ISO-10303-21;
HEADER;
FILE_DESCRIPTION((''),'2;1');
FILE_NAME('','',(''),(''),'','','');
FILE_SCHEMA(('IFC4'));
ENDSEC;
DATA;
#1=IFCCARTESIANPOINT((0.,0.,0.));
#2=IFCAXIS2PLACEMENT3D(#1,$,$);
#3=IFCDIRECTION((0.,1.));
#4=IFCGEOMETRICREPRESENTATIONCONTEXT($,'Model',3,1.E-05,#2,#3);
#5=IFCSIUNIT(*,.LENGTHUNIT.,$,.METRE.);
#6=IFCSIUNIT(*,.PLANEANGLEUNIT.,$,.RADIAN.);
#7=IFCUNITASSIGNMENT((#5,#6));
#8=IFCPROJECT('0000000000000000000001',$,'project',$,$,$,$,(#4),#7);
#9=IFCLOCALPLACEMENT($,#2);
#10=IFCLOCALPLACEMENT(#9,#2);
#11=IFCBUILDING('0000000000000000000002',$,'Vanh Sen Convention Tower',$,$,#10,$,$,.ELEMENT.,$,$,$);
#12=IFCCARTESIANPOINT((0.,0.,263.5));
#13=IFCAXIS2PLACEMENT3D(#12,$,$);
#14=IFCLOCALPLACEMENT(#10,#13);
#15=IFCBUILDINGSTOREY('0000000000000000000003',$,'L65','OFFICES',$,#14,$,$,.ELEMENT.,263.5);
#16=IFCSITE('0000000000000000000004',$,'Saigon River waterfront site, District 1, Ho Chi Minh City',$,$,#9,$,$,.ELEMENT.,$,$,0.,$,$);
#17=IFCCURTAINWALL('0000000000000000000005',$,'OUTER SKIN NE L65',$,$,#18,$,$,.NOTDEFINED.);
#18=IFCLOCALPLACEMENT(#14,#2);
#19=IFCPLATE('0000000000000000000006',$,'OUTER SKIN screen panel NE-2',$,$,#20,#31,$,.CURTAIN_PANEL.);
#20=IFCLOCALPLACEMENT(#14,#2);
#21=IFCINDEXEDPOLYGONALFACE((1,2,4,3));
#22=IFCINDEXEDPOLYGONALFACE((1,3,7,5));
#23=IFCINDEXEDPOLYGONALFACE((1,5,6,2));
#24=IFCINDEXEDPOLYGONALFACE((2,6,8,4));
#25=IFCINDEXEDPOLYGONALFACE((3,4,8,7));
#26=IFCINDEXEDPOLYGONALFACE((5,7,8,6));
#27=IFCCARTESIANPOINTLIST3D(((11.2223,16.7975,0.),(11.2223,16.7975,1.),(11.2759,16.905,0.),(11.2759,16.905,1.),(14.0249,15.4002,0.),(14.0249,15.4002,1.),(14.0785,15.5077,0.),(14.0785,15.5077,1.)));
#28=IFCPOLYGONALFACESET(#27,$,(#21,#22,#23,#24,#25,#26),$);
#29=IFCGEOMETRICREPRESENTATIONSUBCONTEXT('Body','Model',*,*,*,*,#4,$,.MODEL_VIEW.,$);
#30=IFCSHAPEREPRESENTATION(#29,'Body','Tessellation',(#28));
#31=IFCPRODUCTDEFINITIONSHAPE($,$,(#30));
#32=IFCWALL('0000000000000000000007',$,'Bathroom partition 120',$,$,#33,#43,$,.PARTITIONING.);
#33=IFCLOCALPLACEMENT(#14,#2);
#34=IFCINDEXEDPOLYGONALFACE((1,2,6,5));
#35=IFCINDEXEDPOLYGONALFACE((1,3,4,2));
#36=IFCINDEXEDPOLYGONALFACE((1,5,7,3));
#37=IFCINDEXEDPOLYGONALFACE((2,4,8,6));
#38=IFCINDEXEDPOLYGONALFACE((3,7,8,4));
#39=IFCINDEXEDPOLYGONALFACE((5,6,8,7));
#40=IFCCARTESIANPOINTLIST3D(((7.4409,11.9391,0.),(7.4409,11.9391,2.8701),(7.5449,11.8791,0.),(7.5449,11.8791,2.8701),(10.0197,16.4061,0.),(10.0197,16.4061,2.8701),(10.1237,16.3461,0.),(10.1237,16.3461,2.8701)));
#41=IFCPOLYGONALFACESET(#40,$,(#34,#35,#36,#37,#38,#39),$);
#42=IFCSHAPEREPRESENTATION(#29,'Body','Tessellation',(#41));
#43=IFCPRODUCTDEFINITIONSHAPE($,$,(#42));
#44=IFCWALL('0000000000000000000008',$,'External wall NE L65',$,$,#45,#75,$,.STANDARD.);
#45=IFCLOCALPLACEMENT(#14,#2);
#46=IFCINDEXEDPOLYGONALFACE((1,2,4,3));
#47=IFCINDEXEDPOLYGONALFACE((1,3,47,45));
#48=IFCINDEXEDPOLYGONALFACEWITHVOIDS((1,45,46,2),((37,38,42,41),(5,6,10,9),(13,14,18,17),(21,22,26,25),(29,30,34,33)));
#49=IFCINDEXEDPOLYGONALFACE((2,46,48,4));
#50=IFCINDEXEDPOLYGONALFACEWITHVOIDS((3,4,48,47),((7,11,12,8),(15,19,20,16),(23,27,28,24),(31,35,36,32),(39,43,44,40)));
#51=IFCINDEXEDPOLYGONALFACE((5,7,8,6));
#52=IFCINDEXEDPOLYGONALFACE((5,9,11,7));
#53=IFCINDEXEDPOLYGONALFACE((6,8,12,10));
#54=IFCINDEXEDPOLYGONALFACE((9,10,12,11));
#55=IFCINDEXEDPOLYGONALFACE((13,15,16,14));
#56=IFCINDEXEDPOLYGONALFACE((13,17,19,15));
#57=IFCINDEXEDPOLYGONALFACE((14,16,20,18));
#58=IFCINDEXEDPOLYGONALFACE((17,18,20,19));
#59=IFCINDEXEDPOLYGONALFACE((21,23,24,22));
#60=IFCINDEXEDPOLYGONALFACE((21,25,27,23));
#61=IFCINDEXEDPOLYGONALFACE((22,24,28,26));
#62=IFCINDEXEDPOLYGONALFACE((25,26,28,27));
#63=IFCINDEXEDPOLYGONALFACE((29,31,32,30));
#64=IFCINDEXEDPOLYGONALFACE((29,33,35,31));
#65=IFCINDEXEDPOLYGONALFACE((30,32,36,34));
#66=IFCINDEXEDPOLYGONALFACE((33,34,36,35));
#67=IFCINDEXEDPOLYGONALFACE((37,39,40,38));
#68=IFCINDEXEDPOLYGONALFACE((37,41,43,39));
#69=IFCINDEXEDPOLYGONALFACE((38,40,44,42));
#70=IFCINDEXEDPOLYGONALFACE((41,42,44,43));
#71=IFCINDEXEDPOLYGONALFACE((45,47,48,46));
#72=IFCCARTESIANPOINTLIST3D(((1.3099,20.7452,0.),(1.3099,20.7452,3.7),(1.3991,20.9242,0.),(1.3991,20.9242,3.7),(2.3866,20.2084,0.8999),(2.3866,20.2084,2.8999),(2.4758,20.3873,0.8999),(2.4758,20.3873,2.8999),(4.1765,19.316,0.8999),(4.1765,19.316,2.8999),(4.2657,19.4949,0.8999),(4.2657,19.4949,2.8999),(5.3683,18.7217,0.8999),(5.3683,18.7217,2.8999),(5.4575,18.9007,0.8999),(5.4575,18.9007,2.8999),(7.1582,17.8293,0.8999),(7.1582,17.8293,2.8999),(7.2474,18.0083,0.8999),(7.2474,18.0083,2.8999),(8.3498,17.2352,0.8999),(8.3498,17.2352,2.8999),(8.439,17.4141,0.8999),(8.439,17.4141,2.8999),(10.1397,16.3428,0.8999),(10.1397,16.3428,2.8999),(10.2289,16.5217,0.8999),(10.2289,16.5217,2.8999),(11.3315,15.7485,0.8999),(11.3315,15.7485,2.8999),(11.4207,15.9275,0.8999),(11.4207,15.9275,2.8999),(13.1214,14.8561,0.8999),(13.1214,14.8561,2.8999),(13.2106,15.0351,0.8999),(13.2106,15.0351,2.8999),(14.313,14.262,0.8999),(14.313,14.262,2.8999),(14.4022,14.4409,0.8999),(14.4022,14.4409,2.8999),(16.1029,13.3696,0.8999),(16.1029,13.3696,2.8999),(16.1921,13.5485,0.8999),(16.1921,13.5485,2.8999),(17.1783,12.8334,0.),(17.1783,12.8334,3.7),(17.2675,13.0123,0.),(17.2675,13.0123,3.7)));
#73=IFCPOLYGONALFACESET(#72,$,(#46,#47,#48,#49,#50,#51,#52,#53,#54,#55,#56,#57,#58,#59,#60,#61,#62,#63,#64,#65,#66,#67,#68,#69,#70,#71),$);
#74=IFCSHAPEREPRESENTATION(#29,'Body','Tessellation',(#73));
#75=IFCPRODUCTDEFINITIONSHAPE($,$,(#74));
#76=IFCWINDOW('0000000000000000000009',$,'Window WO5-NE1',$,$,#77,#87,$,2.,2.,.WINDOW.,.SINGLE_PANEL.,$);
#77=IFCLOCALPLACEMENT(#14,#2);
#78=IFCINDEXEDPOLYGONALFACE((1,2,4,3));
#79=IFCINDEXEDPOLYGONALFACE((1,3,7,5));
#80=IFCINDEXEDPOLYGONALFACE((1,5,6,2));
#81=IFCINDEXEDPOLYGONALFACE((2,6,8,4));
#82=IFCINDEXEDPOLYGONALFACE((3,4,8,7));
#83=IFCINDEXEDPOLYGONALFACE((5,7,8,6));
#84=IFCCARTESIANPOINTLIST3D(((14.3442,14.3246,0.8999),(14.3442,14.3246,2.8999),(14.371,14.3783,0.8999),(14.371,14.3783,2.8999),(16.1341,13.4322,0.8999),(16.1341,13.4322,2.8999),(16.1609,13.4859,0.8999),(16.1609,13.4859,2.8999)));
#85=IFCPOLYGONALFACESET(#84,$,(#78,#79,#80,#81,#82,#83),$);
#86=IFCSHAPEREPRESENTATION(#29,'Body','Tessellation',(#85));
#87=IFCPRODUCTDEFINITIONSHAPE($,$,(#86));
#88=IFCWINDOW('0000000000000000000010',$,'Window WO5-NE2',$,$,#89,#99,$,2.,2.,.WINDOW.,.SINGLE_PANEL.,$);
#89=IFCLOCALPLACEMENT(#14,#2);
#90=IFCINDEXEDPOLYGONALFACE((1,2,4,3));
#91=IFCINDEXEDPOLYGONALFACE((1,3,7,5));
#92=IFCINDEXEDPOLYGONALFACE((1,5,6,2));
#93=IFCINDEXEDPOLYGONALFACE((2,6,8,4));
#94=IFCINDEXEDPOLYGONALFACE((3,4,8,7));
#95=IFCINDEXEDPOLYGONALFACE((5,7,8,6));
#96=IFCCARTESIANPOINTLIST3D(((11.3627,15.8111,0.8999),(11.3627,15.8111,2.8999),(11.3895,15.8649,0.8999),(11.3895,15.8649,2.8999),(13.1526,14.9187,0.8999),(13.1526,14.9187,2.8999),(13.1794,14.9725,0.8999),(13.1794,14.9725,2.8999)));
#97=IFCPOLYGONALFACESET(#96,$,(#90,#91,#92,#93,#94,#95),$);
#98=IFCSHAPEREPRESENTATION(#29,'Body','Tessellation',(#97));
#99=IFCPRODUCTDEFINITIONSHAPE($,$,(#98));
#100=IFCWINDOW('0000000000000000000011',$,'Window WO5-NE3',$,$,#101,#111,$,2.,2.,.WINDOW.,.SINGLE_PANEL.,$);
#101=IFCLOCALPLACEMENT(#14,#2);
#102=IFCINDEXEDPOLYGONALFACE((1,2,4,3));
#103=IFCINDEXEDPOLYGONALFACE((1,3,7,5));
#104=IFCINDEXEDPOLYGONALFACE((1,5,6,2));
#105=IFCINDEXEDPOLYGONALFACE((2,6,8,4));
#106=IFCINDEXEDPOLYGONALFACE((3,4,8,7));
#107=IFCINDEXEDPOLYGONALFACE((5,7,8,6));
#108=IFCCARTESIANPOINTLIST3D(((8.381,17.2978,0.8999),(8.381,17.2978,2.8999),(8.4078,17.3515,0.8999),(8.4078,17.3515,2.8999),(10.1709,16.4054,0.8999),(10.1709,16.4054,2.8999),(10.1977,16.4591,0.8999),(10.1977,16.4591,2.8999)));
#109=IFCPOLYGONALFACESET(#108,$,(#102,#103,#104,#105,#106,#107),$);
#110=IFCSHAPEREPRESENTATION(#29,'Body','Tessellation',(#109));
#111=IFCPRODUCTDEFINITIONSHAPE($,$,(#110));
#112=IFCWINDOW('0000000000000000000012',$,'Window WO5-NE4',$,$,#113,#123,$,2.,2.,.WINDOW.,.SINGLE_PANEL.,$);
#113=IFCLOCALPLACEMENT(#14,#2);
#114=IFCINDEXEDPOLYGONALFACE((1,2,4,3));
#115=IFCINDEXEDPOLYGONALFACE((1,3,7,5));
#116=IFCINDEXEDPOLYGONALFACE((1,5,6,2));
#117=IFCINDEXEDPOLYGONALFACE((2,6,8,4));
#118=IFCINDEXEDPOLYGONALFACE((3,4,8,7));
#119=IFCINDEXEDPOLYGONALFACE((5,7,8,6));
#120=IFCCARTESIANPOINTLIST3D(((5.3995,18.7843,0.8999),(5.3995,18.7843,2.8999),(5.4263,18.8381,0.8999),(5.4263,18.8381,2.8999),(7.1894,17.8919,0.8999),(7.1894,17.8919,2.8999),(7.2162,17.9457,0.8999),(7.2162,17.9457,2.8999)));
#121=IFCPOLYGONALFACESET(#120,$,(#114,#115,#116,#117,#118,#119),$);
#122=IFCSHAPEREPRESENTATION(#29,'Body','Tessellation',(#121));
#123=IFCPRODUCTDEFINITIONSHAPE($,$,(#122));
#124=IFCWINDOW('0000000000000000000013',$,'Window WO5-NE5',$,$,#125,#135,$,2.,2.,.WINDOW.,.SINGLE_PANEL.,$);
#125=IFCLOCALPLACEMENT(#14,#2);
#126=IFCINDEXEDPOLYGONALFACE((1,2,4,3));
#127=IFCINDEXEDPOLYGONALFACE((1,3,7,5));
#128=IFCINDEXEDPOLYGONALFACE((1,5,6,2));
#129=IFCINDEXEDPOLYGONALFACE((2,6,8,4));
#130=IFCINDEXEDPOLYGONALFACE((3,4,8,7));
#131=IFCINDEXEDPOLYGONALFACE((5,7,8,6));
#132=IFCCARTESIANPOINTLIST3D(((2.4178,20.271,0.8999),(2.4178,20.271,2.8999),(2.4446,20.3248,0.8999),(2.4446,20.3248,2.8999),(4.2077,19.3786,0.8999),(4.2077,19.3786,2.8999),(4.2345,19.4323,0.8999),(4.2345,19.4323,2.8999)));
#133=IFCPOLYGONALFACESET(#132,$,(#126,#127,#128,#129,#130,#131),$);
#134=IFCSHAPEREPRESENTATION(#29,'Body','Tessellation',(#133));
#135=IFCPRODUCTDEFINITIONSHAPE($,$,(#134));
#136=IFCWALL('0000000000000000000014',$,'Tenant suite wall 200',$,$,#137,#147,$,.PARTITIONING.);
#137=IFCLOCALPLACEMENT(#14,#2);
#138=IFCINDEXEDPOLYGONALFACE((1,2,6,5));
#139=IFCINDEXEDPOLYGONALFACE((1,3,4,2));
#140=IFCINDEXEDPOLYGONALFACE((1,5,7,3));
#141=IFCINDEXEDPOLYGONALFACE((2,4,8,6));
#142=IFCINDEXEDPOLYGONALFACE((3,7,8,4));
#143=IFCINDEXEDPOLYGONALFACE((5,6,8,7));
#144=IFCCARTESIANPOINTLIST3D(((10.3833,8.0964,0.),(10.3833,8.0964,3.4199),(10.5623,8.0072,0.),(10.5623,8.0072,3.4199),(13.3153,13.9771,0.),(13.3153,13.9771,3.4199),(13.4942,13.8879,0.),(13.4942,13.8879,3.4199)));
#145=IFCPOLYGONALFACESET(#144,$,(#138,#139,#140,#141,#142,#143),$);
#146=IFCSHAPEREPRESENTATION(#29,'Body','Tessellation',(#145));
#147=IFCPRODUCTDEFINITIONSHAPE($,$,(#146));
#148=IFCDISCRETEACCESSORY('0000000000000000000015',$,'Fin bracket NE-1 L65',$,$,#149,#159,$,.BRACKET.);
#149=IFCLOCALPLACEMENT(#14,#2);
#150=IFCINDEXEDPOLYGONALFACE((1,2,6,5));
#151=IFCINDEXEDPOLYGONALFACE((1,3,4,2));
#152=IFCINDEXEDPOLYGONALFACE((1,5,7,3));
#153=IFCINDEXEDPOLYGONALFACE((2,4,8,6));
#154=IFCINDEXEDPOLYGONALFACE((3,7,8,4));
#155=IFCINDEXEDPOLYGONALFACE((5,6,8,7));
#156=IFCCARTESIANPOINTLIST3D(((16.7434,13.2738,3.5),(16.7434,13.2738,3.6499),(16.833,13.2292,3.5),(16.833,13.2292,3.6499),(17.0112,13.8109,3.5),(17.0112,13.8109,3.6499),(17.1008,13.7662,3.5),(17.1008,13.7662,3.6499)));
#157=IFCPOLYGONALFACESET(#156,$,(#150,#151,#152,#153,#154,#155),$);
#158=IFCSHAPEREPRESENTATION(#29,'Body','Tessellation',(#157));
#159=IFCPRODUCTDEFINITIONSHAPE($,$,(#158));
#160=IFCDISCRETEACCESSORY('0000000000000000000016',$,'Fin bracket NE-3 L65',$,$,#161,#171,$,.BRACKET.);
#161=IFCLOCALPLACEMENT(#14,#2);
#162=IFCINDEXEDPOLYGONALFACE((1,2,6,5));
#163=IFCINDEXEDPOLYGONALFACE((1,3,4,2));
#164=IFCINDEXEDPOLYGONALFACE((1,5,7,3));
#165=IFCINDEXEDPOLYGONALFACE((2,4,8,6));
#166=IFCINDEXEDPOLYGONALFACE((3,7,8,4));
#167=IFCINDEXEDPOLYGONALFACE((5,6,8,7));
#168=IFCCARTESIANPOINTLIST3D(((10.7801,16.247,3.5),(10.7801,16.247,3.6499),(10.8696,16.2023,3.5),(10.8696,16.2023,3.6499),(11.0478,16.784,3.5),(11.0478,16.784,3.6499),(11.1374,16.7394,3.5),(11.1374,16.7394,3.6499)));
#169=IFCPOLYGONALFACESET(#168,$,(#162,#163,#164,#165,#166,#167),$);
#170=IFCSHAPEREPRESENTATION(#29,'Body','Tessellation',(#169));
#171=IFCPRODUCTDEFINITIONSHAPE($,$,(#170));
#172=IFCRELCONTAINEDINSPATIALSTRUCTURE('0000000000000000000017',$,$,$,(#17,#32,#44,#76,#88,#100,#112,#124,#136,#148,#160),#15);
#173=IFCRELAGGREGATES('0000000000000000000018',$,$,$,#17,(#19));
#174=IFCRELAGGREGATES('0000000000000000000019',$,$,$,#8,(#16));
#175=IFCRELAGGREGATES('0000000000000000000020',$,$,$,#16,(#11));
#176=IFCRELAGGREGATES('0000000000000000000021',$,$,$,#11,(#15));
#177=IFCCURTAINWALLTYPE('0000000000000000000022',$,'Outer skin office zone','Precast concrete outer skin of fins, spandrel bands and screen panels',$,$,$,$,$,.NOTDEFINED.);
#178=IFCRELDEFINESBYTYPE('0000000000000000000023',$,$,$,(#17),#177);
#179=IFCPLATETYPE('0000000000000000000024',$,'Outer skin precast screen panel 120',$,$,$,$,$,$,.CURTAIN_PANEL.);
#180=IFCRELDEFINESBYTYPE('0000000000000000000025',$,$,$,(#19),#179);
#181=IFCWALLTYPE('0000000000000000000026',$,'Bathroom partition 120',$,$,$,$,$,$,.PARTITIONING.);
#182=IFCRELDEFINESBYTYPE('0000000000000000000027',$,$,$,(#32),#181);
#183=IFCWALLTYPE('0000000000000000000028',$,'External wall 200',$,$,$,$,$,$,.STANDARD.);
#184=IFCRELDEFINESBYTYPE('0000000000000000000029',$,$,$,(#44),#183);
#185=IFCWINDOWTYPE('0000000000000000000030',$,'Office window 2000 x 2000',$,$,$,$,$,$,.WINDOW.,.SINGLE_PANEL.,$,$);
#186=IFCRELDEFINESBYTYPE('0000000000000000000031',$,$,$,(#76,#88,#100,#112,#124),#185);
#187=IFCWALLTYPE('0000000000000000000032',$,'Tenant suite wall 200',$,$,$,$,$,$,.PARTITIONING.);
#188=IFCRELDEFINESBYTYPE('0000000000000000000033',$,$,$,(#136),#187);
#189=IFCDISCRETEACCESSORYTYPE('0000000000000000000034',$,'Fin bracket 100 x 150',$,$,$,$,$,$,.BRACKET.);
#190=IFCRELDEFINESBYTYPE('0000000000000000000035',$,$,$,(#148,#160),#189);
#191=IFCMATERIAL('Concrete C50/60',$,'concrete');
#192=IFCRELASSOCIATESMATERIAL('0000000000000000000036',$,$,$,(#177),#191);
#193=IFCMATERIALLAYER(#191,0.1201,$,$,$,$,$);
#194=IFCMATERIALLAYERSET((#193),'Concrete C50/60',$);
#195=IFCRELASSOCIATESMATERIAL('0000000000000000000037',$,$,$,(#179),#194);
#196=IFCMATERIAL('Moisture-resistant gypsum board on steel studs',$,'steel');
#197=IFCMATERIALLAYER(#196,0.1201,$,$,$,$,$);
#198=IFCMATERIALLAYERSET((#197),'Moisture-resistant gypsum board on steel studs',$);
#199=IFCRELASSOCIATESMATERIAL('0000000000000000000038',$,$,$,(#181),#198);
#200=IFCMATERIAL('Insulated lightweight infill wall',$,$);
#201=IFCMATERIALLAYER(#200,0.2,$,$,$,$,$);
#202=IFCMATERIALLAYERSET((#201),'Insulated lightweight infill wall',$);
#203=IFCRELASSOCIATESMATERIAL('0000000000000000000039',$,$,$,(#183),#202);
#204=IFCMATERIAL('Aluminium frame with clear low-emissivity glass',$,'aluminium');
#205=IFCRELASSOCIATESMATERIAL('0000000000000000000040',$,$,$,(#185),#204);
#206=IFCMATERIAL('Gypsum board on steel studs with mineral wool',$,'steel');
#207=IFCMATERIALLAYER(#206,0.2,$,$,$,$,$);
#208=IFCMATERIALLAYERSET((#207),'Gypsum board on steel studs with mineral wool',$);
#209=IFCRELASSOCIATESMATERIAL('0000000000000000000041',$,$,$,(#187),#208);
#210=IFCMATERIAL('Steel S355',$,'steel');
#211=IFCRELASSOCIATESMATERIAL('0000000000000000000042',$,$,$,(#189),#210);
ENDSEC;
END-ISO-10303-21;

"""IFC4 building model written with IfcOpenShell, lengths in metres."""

from ifc_helpers import new_model, si_unit, direction, frame, frame_2d, origin, origin_2d, place, context, subcontext, project, spatial, rectangle, extrude, material, layer, layer_set, type_object, element, fill, aggregate, save


model = new_model("IFC4")

# Units and contexts
model_context = context("Model", 3, precision=1e-05, world=origin(), true_north=direction((0.0, 1.0)))
body_context = subcontext(model_context, "Body", "Model", "MODEL_VIEW")
ifc_project = project(units=[si_unit("LENGTHUNIT", "METRE"), si_unit("PLANEANGLEUNIT", "RADIAN")], contexts=[model_context])

# Site, building, storey
site_placement = place(None, origin())
site = spatial("IfcSite", under=ifc_project, at=site_placement, Name="Saigon River waterfront site, District 1, Ho Chi Minh City", CompositionType="ELEMENT", RefElevation=0.0)
building_placement = place(site_placement, origin())
building = spatial("IfcBuilding", under=site, at=building_placement, Name="Vanh Sen Convention Tower", CompositionType="ELEMENT")
storey_placement = place(building_placement, frame((0.0, 0.0, 263.5)))
storey = spatial("IfcBuildingStorey", under=building, at=storey_placement, Name="L65", Description="OFFICES", CompositionType="ELEMENT", Elevation=263.5)

# Curtain wall
ifc_material_1 = material(Name="Concrete C50/60", Category="concrete")
curtain_wall_type = type_object("IfcCurtainWallType", Name="Outer skin office zone", Description="Precast concrete outer skin of fins, spandrel bands and screen panels", PredefinedType="NOTDEFINED", material=ifc_material_1)
curtain_wall_1_placement = place(storey_placement, origin())
curtain_wall_1 = element("IfcCurtainWall", 1, at=curtain_wall_1_placement, inside=storey, type_object=curtain_wall_type, Name="OUTER SKIN NE L65", PredefinedType="NOTDEFINED")

# Shared definitions
ifc_layer_1 = layer(ifc_material_1, 0.1201)
ifc_layer_set_1 = layer_set([ifc_layer_1], Name="Concrete C50/60")
plate_type = type_object("IfcPlateType", Name="Outer skin precast screen panel 120", PredefinedType="CURTAIN_PANEL", material=ifc_layer_set_1)

# Plate
plate_1_placement = place(storey_placement, frame((12.6504, 16.1526, 0.0), z_axis=(0.0, 0.0, 1.0), x_axis=(-0.894931, 0.446204, 0.0)))
plate_1 = element("IfcPlate", 2, at=plate_1_placement, type_object=plate_type, Name="OUTER SKIN screen panel NE-2", PredefinedType="CURTAIN_PANEL", context=body_context, shape_type="SweptSolid", body=[
    extrude(rectangle(XDim=3.1316, YDim=0.1201, at=origin_2d()), origin(), (0.0, 0.0, 1.0), 1.0),
])
aggregate(curtain_wall_1, [plate_1])

# Wall
ifc_material_2 = material(Name="Moisture-resistant gypsum board on steel studs", Category="steel")
ifc_layer_2 = layer(ifc_material_2, 0.1201)
ifc_layer_set_2 = layer_set([ifc_layer_2], Name="Moisture-resistant gypsum board on steel studs")
wall_type_1 = type_object("IfcWallType", Name="Bathroom partition 120", PredefinedType="PARTITIONING", material=ifc_layer_set_2)
wall_1_placement = place(storey_placement, frame((10.0718, 16.3762, 0.0), z_axis=(0.0, 0.0, 1.0), x_axis=(-0.499972, -0.866041, 0.0)))
element("IfcWall", 3, at=wall_1_placement, inside=storey, type_object=wall_type_1, Name="Bathroom partition 120", PredefinedType="PARTITIONING", context=body_context, shape_type="SweptSolid", body=[
    extrude(rectangle(XDim=5.158, YDim=0.1201, at=frame_2d((2.5791, 0.0))), origin(), (0.0, 0.0, 1.0), 2.8701),
])

# Wall, openings, windows
ifc_material_3 = material(Name="Insulated lightweight infill wall")
ifc_layer_3 = layer(ifc_material_3, 0.2)
ifc_layer_set_3 = layer_set([ifc_layer_3], Name="Insulated lightweight infill wall")
wall_type_2 = type_object("IfcWallType", Name="External wall 200", PredefinedType="STANDARD", material=ifc_layer_set_3)
wall_2_placement = place(storey_placement, frame((17.2229, 12.9229, 0.0), z_axis=(0.0, 0.0, 1.0), x_axis=(-0.894931, 0.446205, 0.0)))
wall_2 = element("IfcWall", 4, at=wall_2_placement, inside=storey, type_object=wall_type_2, Name="External wall NE L65", PredefinedType="STANDARD", context=body_context, shape_type="SweptSolid", body=[
    extrude(rectangle(XDim=17.7314, YDim=0.2, at=frame_2d((8.8657, 0.0))), origin(), (0.0, 0.0, 1.0), 3.7),
])
opening_1_placement = place(wall_2_placement, frame((1.2017, 0.0, 0.8999)))
opening_1 = element("IfcOpeningElement", 5, at=opening_1_placement, cuts=wall_2, PredefinedType="OPENING", context=body_context, shape_type="SweptSolid", body=[
    extrude(rectangle(XDim=2.0, YDim=2.0, at=frame_2d((1.0, 1.0))), frame((0.0, 0.1099, 0.0), z_axis=(0.0, -1.0, 0.0), x_axis=(1.0, 0.0, 0.0)), (0.0, 0.0, 1.0), 0.22),
])
opening_2_placement = place(wall_2_placement, frame((4.5332, 0.0, 0.8999)))
opening_2 = element("IfcOpeningElement", 6, at=opening_2_placement, cuts=wall_2, PredefinedType="OPENING", context=body_context, shape_type="SweptSolid", body=[
    extrude(rectangle(XDim=2.0, YDim=2.0, at=frame_2d((1.0, 1.0))), frame((0.0, 0.1099, 0.0), z_axis=(0.0, -1.0, 0.0), x_axis=(1.0, 0.0, 0.0)), (0.0, 0.0, 1.0), 0.22),
])
opening_3_placement = place(wall_2_placement, frame((7.865, 0.0, 0.8999)))
opening_3 = element("IfcOpeningElement", 7, at=opening_3_placement, cuts=wall_2, PredefinedType="OPENING", context=body_context, shape_type="SweptSolid", body=[
    extrude(rectangle(XDim=2.0, YDim=2.0, at=frame_2d((1.0, 1.0))), frame((0.0, 0.1099, 0.0), z_axis=(0.0, -1.0, 0.0), x_axis=(1.0, 0.0, 0.0)), (0.0, 0.0, 1.0), 0.22),
])
opening_4_placement = place(wall_2_placement, frame((11.1965, 0.0, 0.8999)))
opening_4 = element("IfcOpeningElement", 8, at=opening_4_placement, cuts=wall_2, PredefinedType="OPENING", context=body_context, shape_type="SweptSolid", body=[
    extrude(rectangle(XDim=2.0, YDim=2.0, at=frame_2d((1.0, 1.0))), frame((0.0, 0.1099, 0.0), z_axis=(0.0, -1.0, 0.0), x_axis=(1.0, 0.0, 0.0)), (0.0, 0.0, 1.0), 0.22),
])
opening_5_placement = place(wall_2_placement, frame((14.5283, 0.0, 0.8999)))
opening_5 = element("IfcOpeningElement", 9, at=opening_5_placement, cuts=wall_2, PredefinedType="OPENING", context=body_context, shape_type="SweptSolid", body=[
    extrude(rectangle(XDim=2.0, YDim=2.0, at=frame_2d((1.0, 1.0))), frame((0.0, 0.1099, 0.0), z_axis=(0.0, -1.0, 0.0), x_axis=(1.0, 0.0, 0.0)), (0.0, 0.0, 1.0), 0.22),
])
ifc_material_4 = material(Name="Aluminium frame with clear low-emissivity glass", Category="aluminium")
window_type = type_object("IfcWindowType", Name="Office window 2000 x 2000", PartitioningType="SINGLE_PANEL", PredefinedType="WINDOW", material=ifc_material_4)
window_1_placement = place(opening_1_placement, origin())
window_1 = element("IfcWindow", 10, at=window_1_placement, inside=storey, type_object=window_type, Name="Window WO5-NE1", OverallHeight=2.0, OverallWidth=2.0, PartitioningType="SINGLE_PANEL", PredefinedType="WINDOW", context=body_context, shape_type="SweptSolid", body=[
    extrude(rectangle(XDim=2.0, YDim=2.0, at=frame_2d((1.0, 1.0))), frame((0.0, 0.03, 0.0), z_axis=(0.0, -1.0, 0.0), x_axis=(1.0, 0.0, 0.0)), (0.0, 0.0, 1.0), 0.0601),
])
fill(opening_1, window_1)
window_2_placement = place(opening_2_placement, origin())
window_2 = element("IfcWindow", 11, at=window_2_placement, inside=storey, type_object=window_type, Name="Window WO5-NE2", OverallHeight=2.0, OverallWidth=2.0, PartitioningType="SINGLE_PANEL", PredefinedType="WINDOW", context=body_context, shape_type="SweptSolid", body=[
    extrude(rectangle(XDim=2.0, YDim=2.0, at=frame_2d((1.0, 1.0))), frame((0.0, 0.03, 0.0), z_axis=(0.0, -1.0, 0.0), x_axis=(1.0, 0.0, 0.0)), (0.0, 0.0, 1.0), 0.0601),
])
fill(opening_2, window_2)
window_3_placement = place(opening_3_placement, origin())
window_3 = element("IfcWindow", 12, at=window_3_placement, inside=storey, type_object=window_type, Name="Window WO5-NE3", OverallHeight=2.0, OverallWidth=2.0, PartitioningType="SINGLE_PANEL", PredefinedType="WINDOW", context=body_context, shape_type="SweptSolid", body=[
    extrude(rectangle(XDim=2.0, YDim=2.0, at=frame_2d((1.0, 1.0))), frame((0.0, 0.03, 0.0), z_axis=(0.0, -1.0, 0.0), x_axis=(1.0, 0.0, 0.0)), (0.0, 0.0, 1.0), 0.0601),
])
fill(opening_3, window_3)
window_4_placement = place(opening_4_placement, origin())
window_4 = element("IfcWindow", 13, at=window_4_placement, inside=storey, type_object=window_type, Name="Window WO5-NE4", OverallHeight=2.0, OverallWidth=2.0, PartitioningType="SINGLE_PANEL", PredefinedType="WINDOW", context=body_context, shape_type="SweptSolid", body=[
    extrude(rectangle(XDim=2.0, YDim=2.0, at=frame_2d((1.0, 1.0))), frame((0.0, 0.03, 0.0), z_axis=(0.0, -1.0, 0.0), x_axis=(1.0, 0.0, 0.0)), (0.0, 0.0, 1.0), 0.0601),
])
fill(opening_4, window_4)
window_5_placement = place(opening_5_placement, origin())
window_5 = element("IfcWindow", 14, at=window_5_placement, inside=storey, type_object=window_type, Name="Window WO5-NE5", OverallHeight=2.0, OverallWidth=2.0, PartitioningType="SINGLE_PANEL", PredefinedType="WINDOW", context=body_context, shape_type="SweptSolid", body=[
    extrude(rectangle(XDim=2.0, YDim=2.0, at=frame_2d((1.0, 1.0))), frame((0.0, 0.03, 0.0), z_axis=(0.0, -1.0, 0.0), x_axis=(1.0, 0.0, 0.0)), (0.0, 0.0, 1.0), 0.0601),
])
fill(opening_5, window_5)

# Wall
ifc_material_5 = material(Name="Gypsum board on steel studs with mineral wool", Category="steel")
ifc_layer_4 = layer(ifc_material_5, 0.2)
ifc_layer_set_4 = layer_set([ifc_layer_4], Name="Gypsum board on steel studs with mineral wool")
wall_type_3 = type_object("IfcWallType", Name="Tenant suite wall 200", PredefinedType="PARTITIONING", material=ifc_layer_set_4)
wall_3_placement = place(storey_placement, frame((13.4048, 13.9326, 0.0), z_axis=(0.0, 0.0, 1.0), x_axis=(-0.446188, -0.894939, 0.0)))
element("IfcWall", 15, at=wall_3_placement, inside=storey, type_object=wall_type_3, Name="Tenant suite wall 200", PredefinedType="PARTITIONING", context=body_context, shape_type="SweptSolid", body=[
    extrude(rectangle(XDim=6.571, YDim=0.2, at=frame_2d((3.2856, 0.0))), origin(), (0.0, 0.0, 1.0), 3.4199),
])

# Discrete accessories
ifc_material_6 = material(Name="Steel S355", Category="steel")
discrete_accessory_type = type_object("IfcDiscreteAccessoryType", Name="Fin bracket 100 x 150", PredefinedType="BRACKET", material=ifc_material_6)
for number, where, z_axis, x_axis, name in (
    (16, (16.9221, 13.52, 3.5), (0.0, 0.0, 1.0), (0.446198, 0.894934, 0.0), "Fin bracket NE-1 L65"),
    (17, (10.9587, 16.4932, 3.5), (0.0, 0.0, 1.0), (0.446198, 0.894934, 0.0), "Fin bracket NE-3 L65"),
):
    element("IfcDiscreteAccessory", number, at=place(storey_placement, frame(where, z_axis=z_axis, x_axis=x_axis)), inside=storey, type_object=discrete_accessory_type, Name=name, PredefinedType="BRACKET", context=body_context, shape_type="SweptSolid", body=[
        extrude(rectangle(XDim=0.6001, YDim=0.1001, at=origin_2d()), origin(), (0.0, 0.0, 1.0), 0.1499),
    ])

save(model, "model.ifc")
